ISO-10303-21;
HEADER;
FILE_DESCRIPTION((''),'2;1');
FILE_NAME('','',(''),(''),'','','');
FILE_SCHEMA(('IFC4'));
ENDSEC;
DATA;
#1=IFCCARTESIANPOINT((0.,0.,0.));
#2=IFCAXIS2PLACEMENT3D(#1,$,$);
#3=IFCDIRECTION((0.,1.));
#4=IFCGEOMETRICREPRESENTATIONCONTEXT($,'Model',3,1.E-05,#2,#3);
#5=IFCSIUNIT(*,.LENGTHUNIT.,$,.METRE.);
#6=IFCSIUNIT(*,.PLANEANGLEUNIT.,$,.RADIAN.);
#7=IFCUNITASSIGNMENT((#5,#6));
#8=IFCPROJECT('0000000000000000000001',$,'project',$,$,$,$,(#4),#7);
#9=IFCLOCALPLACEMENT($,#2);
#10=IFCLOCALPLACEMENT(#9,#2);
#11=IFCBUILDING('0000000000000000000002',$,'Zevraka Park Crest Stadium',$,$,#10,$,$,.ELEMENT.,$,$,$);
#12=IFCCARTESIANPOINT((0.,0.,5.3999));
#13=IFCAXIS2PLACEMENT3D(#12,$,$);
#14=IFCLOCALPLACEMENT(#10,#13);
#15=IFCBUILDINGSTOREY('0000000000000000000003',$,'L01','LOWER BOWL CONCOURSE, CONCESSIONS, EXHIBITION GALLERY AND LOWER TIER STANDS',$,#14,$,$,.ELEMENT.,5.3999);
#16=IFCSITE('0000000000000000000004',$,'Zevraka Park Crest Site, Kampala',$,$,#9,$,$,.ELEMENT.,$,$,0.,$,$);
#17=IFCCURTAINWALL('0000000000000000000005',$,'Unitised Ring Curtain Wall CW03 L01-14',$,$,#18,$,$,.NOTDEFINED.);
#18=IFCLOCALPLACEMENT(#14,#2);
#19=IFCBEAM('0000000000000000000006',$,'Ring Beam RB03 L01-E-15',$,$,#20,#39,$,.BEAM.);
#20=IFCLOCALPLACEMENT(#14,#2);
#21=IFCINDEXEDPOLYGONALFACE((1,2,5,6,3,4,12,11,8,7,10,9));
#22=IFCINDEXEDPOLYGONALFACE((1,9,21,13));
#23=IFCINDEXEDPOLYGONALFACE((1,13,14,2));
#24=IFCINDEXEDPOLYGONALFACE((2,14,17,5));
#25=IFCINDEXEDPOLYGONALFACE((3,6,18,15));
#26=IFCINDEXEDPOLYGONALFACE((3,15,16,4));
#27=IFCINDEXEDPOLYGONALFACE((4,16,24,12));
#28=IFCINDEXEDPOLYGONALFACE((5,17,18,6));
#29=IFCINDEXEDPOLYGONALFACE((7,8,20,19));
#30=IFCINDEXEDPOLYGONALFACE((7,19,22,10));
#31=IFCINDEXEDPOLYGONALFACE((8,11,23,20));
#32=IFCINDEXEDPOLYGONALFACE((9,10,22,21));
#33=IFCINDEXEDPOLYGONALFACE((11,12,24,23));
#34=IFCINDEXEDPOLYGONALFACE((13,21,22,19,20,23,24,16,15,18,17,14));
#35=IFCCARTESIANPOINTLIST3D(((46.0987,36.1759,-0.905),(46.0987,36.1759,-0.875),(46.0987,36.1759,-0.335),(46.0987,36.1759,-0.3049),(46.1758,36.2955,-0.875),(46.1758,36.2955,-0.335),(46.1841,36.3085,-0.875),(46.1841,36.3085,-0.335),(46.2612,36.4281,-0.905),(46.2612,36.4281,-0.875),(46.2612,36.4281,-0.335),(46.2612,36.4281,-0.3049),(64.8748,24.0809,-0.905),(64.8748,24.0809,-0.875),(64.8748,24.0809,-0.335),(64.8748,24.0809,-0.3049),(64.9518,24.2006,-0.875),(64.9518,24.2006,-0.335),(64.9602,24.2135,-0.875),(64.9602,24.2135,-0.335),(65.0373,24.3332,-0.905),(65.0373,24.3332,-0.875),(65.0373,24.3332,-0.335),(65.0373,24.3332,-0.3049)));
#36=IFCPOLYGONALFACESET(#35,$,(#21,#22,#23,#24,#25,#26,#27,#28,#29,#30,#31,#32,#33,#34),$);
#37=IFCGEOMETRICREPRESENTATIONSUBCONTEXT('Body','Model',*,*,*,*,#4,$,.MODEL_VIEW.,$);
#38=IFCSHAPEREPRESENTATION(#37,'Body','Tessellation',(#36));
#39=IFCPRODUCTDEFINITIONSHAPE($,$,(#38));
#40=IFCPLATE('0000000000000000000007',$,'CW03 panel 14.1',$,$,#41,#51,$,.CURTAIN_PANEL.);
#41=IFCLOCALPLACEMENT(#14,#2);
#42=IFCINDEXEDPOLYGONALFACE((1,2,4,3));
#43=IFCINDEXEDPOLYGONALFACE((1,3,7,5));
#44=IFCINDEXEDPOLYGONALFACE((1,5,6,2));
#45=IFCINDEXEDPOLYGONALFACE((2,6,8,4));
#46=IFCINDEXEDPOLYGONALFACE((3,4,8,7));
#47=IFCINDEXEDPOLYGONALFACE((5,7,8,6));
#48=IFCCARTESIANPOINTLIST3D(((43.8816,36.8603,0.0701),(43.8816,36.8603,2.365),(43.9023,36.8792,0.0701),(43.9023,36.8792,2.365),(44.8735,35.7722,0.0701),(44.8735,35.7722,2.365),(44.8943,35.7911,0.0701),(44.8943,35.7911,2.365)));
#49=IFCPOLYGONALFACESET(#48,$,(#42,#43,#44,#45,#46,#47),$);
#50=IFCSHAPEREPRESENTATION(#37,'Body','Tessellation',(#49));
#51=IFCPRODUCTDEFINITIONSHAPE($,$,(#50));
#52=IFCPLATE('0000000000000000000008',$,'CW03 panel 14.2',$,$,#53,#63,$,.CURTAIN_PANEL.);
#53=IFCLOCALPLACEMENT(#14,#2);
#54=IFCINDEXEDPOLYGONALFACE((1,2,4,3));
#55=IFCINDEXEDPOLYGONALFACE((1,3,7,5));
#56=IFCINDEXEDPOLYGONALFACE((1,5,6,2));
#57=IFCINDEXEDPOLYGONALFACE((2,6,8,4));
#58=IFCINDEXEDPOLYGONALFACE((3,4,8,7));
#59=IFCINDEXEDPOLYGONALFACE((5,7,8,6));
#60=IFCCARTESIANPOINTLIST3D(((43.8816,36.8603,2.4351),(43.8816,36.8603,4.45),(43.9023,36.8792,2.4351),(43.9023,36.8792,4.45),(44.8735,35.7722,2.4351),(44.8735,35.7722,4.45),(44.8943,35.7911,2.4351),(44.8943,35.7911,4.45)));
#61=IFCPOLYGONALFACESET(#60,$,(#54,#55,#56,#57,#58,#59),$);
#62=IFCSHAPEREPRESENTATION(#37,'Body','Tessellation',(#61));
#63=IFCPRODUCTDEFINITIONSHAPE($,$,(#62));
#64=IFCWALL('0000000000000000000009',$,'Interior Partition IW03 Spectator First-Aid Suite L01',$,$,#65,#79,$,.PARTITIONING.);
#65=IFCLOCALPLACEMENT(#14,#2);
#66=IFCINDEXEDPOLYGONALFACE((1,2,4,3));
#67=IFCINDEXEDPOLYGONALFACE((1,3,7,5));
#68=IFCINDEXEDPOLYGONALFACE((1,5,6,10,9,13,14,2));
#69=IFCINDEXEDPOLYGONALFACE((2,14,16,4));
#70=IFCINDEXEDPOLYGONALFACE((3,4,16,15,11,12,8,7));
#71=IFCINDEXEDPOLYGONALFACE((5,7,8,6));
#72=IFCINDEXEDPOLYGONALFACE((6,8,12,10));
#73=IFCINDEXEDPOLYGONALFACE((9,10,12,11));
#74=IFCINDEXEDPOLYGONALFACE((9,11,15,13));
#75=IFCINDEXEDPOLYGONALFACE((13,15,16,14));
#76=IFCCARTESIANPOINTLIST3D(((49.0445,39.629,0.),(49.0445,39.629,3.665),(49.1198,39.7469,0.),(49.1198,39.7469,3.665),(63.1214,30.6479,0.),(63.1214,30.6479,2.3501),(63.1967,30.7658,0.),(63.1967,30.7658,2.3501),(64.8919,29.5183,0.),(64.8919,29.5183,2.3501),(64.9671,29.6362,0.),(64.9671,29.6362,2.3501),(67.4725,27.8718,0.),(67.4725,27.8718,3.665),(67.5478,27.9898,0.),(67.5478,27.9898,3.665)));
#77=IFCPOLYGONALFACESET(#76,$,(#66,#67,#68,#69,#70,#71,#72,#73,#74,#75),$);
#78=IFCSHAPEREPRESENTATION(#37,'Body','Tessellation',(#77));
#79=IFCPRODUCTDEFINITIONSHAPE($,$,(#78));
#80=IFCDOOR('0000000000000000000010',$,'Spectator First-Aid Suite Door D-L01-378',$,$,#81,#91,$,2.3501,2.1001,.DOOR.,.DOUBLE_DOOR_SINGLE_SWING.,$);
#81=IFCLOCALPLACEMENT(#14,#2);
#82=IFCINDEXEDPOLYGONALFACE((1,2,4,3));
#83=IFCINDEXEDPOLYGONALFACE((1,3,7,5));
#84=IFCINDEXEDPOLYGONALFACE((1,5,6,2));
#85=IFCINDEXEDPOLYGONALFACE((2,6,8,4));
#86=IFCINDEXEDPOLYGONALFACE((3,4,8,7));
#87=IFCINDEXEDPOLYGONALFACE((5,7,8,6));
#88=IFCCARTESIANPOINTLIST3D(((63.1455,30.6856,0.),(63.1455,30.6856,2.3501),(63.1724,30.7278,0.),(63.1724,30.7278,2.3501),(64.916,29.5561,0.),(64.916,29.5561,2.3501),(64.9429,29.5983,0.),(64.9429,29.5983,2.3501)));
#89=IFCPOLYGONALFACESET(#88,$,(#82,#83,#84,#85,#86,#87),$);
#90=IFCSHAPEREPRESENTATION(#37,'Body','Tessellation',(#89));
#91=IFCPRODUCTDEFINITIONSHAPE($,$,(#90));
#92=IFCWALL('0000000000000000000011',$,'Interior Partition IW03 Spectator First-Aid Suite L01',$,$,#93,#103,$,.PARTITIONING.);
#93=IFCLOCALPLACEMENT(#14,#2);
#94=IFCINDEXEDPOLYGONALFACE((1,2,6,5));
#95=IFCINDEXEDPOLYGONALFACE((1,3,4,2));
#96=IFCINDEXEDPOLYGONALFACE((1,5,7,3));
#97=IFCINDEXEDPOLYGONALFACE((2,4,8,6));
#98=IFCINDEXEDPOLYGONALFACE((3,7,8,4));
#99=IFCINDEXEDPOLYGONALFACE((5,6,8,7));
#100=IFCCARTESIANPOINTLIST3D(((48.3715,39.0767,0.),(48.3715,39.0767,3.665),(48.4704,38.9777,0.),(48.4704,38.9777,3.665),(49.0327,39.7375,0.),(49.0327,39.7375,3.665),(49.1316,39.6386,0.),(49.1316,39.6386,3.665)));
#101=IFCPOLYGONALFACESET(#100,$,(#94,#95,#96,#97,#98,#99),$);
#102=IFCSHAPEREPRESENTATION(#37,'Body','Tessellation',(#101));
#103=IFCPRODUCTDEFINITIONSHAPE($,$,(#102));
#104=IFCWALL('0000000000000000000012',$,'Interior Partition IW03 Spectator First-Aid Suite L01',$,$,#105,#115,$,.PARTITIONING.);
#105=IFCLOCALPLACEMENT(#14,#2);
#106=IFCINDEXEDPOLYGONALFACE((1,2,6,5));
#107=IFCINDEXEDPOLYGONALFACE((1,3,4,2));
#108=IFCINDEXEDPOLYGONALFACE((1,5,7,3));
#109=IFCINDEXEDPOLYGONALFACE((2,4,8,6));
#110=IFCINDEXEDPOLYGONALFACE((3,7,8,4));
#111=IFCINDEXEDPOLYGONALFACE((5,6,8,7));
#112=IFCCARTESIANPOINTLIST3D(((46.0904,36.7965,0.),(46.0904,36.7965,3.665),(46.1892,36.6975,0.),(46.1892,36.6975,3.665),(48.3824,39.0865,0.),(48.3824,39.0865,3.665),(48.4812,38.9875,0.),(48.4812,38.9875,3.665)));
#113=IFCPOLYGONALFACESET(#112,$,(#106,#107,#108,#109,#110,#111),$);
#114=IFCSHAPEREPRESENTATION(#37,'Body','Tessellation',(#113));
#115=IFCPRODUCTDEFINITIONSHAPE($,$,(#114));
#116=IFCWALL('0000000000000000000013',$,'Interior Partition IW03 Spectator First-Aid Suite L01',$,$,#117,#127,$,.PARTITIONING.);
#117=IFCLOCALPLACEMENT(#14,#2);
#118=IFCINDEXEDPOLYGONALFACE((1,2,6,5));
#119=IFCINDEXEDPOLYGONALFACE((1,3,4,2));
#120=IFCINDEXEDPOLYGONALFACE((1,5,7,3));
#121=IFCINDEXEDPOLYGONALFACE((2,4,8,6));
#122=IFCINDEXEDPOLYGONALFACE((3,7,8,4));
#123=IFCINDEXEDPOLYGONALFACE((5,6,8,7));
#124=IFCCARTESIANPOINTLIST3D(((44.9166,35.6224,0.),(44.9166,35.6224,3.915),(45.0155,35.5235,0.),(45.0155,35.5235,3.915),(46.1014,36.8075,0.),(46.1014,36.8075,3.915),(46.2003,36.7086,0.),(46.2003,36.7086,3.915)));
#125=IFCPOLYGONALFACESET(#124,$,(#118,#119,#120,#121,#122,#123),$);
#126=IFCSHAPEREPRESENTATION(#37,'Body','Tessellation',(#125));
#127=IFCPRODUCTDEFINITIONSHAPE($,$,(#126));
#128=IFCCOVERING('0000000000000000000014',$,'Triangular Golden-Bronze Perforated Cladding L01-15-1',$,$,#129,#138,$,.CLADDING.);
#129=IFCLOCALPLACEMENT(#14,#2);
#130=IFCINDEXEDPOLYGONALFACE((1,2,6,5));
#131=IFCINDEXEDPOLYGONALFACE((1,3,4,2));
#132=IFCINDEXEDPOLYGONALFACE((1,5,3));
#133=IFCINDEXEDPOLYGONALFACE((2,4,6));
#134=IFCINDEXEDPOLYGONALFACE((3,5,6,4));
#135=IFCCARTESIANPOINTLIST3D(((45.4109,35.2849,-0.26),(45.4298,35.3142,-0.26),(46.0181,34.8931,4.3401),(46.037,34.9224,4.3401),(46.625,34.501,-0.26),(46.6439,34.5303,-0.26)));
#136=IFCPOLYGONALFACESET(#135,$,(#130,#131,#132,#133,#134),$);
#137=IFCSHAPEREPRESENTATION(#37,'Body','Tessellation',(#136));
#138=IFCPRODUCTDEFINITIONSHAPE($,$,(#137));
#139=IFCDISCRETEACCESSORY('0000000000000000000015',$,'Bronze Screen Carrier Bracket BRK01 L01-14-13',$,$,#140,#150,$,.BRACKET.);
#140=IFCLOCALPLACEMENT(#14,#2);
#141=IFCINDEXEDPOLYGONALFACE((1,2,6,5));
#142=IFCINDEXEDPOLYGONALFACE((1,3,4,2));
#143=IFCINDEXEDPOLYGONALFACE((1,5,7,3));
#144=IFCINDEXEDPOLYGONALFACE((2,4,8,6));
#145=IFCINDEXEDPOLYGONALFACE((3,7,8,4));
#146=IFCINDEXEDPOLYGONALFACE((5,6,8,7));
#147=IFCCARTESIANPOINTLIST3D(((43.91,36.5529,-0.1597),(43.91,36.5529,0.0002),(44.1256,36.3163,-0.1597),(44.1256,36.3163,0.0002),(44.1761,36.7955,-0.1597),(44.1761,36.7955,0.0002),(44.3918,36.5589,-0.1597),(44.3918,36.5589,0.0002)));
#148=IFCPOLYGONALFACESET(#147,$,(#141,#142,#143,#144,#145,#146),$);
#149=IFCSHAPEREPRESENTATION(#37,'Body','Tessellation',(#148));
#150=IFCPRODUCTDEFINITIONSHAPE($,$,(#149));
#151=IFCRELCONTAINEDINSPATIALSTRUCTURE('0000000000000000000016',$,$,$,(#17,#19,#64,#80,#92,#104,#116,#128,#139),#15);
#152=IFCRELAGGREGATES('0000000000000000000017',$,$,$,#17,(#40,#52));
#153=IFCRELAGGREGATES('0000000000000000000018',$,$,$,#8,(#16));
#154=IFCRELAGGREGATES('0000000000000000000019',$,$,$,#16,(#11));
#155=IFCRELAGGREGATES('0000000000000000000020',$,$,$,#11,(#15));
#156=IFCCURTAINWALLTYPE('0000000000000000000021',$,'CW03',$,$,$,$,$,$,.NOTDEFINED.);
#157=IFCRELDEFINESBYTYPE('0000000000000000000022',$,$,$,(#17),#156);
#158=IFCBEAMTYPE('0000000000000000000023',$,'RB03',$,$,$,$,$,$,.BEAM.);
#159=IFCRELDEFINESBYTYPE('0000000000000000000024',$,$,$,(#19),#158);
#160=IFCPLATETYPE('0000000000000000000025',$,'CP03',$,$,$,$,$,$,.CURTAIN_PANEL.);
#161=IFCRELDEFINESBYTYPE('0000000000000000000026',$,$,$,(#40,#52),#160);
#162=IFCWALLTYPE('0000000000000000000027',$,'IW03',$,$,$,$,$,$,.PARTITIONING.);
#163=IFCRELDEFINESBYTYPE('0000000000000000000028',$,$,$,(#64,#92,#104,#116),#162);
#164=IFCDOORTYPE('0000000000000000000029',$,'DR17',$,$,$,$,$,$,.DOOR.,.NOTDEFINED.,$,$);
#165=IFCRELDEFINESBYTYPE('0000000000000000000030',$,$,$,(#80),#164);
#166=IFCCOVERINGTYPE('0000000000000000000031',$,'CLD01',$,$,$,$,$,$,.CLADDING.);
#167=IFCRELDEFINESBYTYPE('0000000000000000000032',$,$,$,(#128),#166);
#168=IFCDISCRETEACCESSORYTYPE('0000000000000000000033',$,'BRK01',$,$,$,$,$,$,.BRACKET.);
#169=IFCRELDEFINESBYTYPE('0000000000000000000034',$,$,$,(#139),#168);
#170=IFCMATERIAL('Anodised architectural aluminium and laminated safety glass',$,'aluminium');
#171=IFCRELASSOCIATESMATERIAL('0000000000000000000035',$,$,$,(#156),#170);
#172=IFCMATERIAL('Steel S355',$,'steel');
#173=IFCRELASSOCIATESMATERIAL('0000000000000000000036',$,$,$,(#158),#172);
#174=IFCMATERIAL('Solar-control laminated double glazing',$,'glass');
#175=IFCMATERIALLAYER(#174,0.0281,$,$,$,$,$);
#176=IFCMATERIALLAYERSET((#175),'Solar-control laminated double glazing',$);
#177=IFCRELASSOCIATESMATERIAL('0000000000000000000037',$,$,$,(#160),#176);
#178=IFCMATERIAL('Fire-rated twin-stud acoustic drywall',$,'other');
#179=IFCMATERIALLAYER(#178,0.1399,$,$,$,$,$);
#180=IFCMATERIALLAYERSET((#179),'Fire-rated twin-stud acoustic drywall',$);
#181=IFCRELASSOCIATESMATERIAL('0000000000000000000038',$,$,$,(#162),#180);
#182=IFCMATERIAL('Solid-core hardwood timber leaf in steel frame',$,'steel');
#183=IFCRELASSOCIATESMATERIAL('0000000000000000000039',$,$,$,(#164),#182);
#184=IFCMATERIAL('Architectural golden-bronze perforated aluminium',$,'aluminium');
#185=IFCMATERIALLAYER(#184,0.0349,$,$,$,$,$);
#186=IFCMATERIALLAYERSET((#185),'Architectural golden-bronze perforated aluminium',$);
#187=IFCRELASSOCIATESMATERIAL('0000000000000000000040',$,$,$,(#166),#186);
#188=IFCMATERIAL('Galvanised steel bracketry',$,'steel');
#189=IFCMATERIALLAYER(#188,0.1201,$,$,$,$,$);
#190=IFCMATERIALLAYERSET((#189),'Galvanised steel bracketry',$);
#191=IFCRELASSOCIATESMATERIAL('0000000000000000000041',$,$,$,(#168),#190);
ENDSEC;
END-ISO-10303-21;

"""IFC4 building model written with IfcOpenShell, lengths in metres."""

from ifc_helpers import new_model, si_unit, direction, frame, frame_2d, origin, origin_2d, place, context, subcontext, project, spatial, polyline, rectangle, i_section, outline, extrude, material, layer, layer_set, material_profile, profile_set, type_object, element, fill, aggregate, save


model = new_model("IFC4")

# Units and contexts
model_context = context("Model", 3, precision=1e-05, world=origin(), true_north=direction((0.0, 1.0)))
body_context = subcontext(model_context, "Body", "Model", "MODEL_VIEW")
ifc_project = project(units=[si_unit("LENGTHUNIT", "METRE"), si_unit("PLANEANGLEUNIT", "RADIAN")], contexts=[model_context])

# Site, building, storey
site_placement = place(None, origin())
site = spatial("IfcSite", under=ifc_project, at=site_placement, Name="Zevraka Park Crest Site, Kampala", CompositionType="ELEMENT", RefElevation=0.0)
building_placement = place(site_placement, origin())
building = spatial("IfcBuilding", under=site, at=building_placement, Name="Zevraka Park Crest Stadium", CompositionType="ELEMENT")
storey_placement = place(building_placement, frame((0.0, 0.0, 5.3999)))
storey = spatial("IfcBuildingStorey", under=building, at=storey_placement, Name="L01", Description="LOWER BOWL CONCOURSE, CONCESSIONS, EXHIBITION GALLERY AND LOWER TIER STANDS", CompositionType="ELEMENT", Elevation=5.3999)

# Curtain wall
ifc_material_1 = material(Name="Anodised architectural aluminium and laminated safety glass", Category="aluminium")
curtain_wall_type = type_object("IfcCurtainWallType", Name="CW03", PredefinedType="NOTDEFINED", material=ifc_material_1)
curtain_wall_1_placement = place(storey_placement, origin())
curtain_wall_1 = element("IfcCurtainWall", 1, at=curtain_wall_1_placement, inside=storey, type_object=curtain_wall_type, Name="Unitised Ring Curtain Wall CW03 L01-14", PredefinedType="NOTDEFINED")

# Beam
ifc_material_2 = material(Name="Steel S355", Category="steel")
ifc_material_profile_1 = material_profile(ifc_material_2, i_section(OverallWidth=0.3, OverallDepth=0.6001, WebThickness=0.0154, FlangeThickness=0.03, at=origin_2d()), Name="HEB 600")
ifc_profile_set_1 = profile_set([ifc_material_profile_1], Name="Steel S355")
beam_type_1 = type_object("IfcBeamType", Name="RB03", PredefinedType="BEAM", material=ifc_profile_set_1)
beam_1_placement = place(storey_placement, frame((46.1799, 36.302, -0.605), z_axis=(0.840677, -0.541537, 0.0), x_axis=(0.541537, 0.840677, 0.0)))
element("IfcBeam", 2, at=beam_1_placement, inside=storey, type_object=beam_type_1, Name="Ring Beam RB03 L01-E-15", PredefinedType="BEAM", context=body_context, shape_type="SweptSolid", body=[
    extrude(i_section(OverallWidth=0.3, OverallDepth=0.6001, WebThickness=0.0154, FlangeThickness=0.03, at=origin_2d()), origin(), (0.0, 0.0, 1.0), 22.3345),
])

# Plates
ifc_material_3 = material(Name="Solar-control laminated double glazing", Category="glass")
ifc_layer_1 = layer(ifc_material_3, 0.0281)
ifc_layer_set_1 = layer_set([ifc_layer_1], Name="Solar-control laminated double glazing")
plate_type = type_object("IfcPlateType", Name="CP03", PredefinedType="CURTAIN_PANEL", material=ifc_layer_set_1)
plate_1_placement = place(storey_placement, frame((44.3879, 36.3257, 0.0701), z_axis=(0.0, 0.0, 1.0), x_axis=(0.67368, -0.739023, 0.0)))
plate_1 = element("IfcPlate", 3, at=plate_1_placement, type_object=plate_type, Name="CW03 panel 14.1", PredefinedType="CURTAIN_PANEL", context=body_context, shape_type="SweptSolid", body=[
    extrude(rectangle(XDim=1.4724, YDim=0.0281, at=origin_2d()), origin(), (0.0, 0.0, 1.0), 2.2949),
])
plate_2_placement = place(storey_placement, frame((44.3879, 36.3257, 2.4351), z_axis=(0.0, 0.0, 1.0), x_axis=(0.67368, -0.739023, 0.0)))
plate_2 = element("IfcPlate", 4, at=plate_2_placement, type_object=plate_type, Name="CW03 panel 14.2", PredefinedType="CURTAIN_PANEL", context=body_context, shape_type="SweptSolid", body=[
    extrude(rectangle(XDim=1.4724, YDim=0.0281, at=origin_2d()), origin(), (0.0, 0.0, 1.0), 2.0149),
])
aggregate(curtain_wall_1, [plate_1, plate_2])

# Wall, opening, door
ifc_material_4 = material(Name="Fire-rated twin-stud acoustic drywall", Category="other")
ifc_layer_2 = layer(ifc_material_4, 0.1399)
ifc_layer_set_2 = layer_set([ifc_layer_2], Name="Fire-rated twin-stud acoustic drywall")
wall_type = type_object("IfcWallType", Name="IW03", PredefinedType="PARTITIONING", material=ifc_layer_set_2)
wall_1_placement = place(storey_placement, frame((49.082, 39.688, 0.0), z_axis=(0.0, 0.0, 1.0), x_axis=(0.843035, -0.537858, 0.0)))
wall_1 = element("IfcWall", 5, at=wall_1_placement, inside=storey, type_object=wall_type, Name="Interior Partition IW03 Spectator First-Aid Suite L01", PredefinedType="PARTITIONING", context=body_context, shape_type="SweptSolid", body=[
    extrude(rectangle(XDim=21.8591, YDim=0.1399, at=frame_2d((10.9297, 0.0))), origin(), (0.0, 0.0, 1.0), 3.665),
])
opening_placement = place(wall_1_placement, frame((16.698, 0.0, 0.0)))
opening = element("IfcOpeningElement", 6, at=opening_placement, cuts=wall_1, PredefinedType="OPENING", context=body_context, shape_type="SweptSolid", body=[
    extrude(rectangle(XDim=2.1001, YDim=2.3501, at=frame_2d((1.05, 1.175))), frame((0.0, 0.0798, 0.0), z_axis=(0.0, -1.0, 0.0), x_axis=(1.0, 0.0, 0.0)), (0.0, 0.0, 1.0), 0.1599),
])
ifc_material_5 = material(Name="Solid-core hardwood timber leaf in steel frame", Category="steel")
door_type = type_object("IfcDoorType", Name="DR17", OperationType="NOTDEFINED", PredefinedType="DOOR", material=ifc_material_5)
door_placement = place(opening_placement, origin())
door = element("IfcDoor", 7, at=door_placement, inside=storey, type_object=door_type, Name="Spectator First-Aid Suite Door D-L01-378", OperationType="DOUBLE_DOOR_SINGLE_SWING", OverallHeight=2.3501, OverallWidth=2.1001, PredefinedType="DOOR", context=body_context, shape_type="SweptSolid", body=[
    extrude(rectangle(XDim=2.1001, YDim=2.3501, at=frame_2d((1.05, 1.175))), frame((0.0, 0.0249, 0.0), z_axis=(0.0, -1.0, 0.0), x_axis=(1.0, 0.0, 0.0)), (0.0, 0.0, 1.0), 0.05),
])
fill(opening, door)

# Walls
wall_2_placement = place(storey_placement, frame((49.082, 39.688, 0.0), z_axis=(0.0, 0.0, 1.0), x_axis=(-0.707237, -0.706976, 0.0)))
element("IfcWall", 8, at=wall_2_placement, inside=storey, type_object=wall_type, Name="Interior Partition IW03 Spectator First-Aid Suite L01", PredefinedType="PARTITIONING", context=body_context, shape_type="SweptSolid", body=[
    extrude(rectangle(XDim=0.9348, YDim=0.1399, at=frame_2d((0.4673, 0.0))), origin(), (0.0, 0.0, 1.0), 3.665),
])
wall_3_placement = place(storey_placement, frame((48.4319, 39.0371, 0.0), z_axis=(0.0, 0.0, 1.0), x_axis=(-0.707408, -0.706805, 0.0)))
element("IfcWall", 9, at=wall_3_placement, inside=storey, type_object=wall_type, Name="Interior Partition IW03 Spectator First-Aid Suite L01", PredefinedType="PARTITIONING", context=body_context, shape_type="SweptSolid", body=[
    extrude(rectangle(XDim=3.24, YDim=0.1399, at=frame_2d((1.6201, 0.0))), origin(), (0.0, 0.0, 1.0), 3.665),
])
wall_4_placement = place(storey_placement, frame((46.1509, 36.7581, 0.0), z_axis=(0.0, 0.0, 1.0), x_axis=(-0.707034, -0.70718, 0.0)))
element("IfcWall", 10, at=wall_4_placement, inside=storey, type_object=wall_type, Name="Interior Partition IW03 Spectator First-Aid Suite L01", PredefinedType="PARTITIONING", context=body_context, shape_type="SweptSolid", body=[
    extrude(rectangle(XDim=1.6758, YDim=0.1399, at=frame_2d((0.8379, 0.0))), origin(), (0.0, 0.0, 1.0), 3.915),
])

# Covering
ifc_material_6 = material(Name="Architectural golden-bronze perforated aluminium", Category="aluminium")
ifc_layer_3 = layer(ifc_material_6, 0.0349)
ifc_layer_set_3 = layer_set([ifc_layer_3], Name="Architectural golden-bronze perforated aluminium")
covering_type = type_object("IfcCoveringType", Name="CLD01", PredefinedType="CLADDING", material=ifc_layer_set_3)
covering_placement = place(storey_placement, frame((45.4109, 35.2849, -0.26), z_axis=(-0.542439, -0.840096, 0.000037), x_axis=(0.840096, -0.542439, 0.0)))
element("IfcCovering", 11, at=covering_placement, inside=storey, type_object=covering_type, Name="Triangular Golden-Bronze Perforated Cladding L01-15-1", PredefinedType="CLADDING", context=body_context, shape_type="SweptSolid", body=[
    extrude(outline(polyline([(0.0, 0.0), (1.4452, 0.0), (0.7226, 4.6001), (0.0, 0.0)])), origin(), (0.0, 0.0, -1.0), 0.0349),
])

# Discrete accessory
ifc_material_7 = material(Name="Galvanised steel bracketry", Category="steel")
ifc_layer_4 = layer(ifc_material_7, 0.1201)
ifc_layer_set_4 = layer_set([ifc_layer_4], Name="Galvanised steel bracketry")
discrete_accessory_type = type_object("IfcDiscreteAccessoryType", Name="BRK01", PredefinedType="BRACKET", material=ifc_layer_set_4)
discrete_accessory_placement = place(storey_placement, frame((44.1509, 36.5559, -0.1597), z_axis=(0.0, 0.0, 1.0), x_axis=(0.673658, -0.739043, 0.0)))
element("IfcDiscreteAccessory", 12, at=discrete_accessory_placement, inside=storey, type_object=discrete_accessory_type, Name="Bronze Screen Carrier Bracket BRK01 L01-14-13", PredefinedType="BRACKET", context=body_context, shape_type="SweptSolid", body=[
    extrude(rectangle(XDim=0.3201, YDim=0.3601, at=origin_2d()), origin(), (0.0, 0.0, 1.0), 0.1599),
])

save(model, "model.ifc")
